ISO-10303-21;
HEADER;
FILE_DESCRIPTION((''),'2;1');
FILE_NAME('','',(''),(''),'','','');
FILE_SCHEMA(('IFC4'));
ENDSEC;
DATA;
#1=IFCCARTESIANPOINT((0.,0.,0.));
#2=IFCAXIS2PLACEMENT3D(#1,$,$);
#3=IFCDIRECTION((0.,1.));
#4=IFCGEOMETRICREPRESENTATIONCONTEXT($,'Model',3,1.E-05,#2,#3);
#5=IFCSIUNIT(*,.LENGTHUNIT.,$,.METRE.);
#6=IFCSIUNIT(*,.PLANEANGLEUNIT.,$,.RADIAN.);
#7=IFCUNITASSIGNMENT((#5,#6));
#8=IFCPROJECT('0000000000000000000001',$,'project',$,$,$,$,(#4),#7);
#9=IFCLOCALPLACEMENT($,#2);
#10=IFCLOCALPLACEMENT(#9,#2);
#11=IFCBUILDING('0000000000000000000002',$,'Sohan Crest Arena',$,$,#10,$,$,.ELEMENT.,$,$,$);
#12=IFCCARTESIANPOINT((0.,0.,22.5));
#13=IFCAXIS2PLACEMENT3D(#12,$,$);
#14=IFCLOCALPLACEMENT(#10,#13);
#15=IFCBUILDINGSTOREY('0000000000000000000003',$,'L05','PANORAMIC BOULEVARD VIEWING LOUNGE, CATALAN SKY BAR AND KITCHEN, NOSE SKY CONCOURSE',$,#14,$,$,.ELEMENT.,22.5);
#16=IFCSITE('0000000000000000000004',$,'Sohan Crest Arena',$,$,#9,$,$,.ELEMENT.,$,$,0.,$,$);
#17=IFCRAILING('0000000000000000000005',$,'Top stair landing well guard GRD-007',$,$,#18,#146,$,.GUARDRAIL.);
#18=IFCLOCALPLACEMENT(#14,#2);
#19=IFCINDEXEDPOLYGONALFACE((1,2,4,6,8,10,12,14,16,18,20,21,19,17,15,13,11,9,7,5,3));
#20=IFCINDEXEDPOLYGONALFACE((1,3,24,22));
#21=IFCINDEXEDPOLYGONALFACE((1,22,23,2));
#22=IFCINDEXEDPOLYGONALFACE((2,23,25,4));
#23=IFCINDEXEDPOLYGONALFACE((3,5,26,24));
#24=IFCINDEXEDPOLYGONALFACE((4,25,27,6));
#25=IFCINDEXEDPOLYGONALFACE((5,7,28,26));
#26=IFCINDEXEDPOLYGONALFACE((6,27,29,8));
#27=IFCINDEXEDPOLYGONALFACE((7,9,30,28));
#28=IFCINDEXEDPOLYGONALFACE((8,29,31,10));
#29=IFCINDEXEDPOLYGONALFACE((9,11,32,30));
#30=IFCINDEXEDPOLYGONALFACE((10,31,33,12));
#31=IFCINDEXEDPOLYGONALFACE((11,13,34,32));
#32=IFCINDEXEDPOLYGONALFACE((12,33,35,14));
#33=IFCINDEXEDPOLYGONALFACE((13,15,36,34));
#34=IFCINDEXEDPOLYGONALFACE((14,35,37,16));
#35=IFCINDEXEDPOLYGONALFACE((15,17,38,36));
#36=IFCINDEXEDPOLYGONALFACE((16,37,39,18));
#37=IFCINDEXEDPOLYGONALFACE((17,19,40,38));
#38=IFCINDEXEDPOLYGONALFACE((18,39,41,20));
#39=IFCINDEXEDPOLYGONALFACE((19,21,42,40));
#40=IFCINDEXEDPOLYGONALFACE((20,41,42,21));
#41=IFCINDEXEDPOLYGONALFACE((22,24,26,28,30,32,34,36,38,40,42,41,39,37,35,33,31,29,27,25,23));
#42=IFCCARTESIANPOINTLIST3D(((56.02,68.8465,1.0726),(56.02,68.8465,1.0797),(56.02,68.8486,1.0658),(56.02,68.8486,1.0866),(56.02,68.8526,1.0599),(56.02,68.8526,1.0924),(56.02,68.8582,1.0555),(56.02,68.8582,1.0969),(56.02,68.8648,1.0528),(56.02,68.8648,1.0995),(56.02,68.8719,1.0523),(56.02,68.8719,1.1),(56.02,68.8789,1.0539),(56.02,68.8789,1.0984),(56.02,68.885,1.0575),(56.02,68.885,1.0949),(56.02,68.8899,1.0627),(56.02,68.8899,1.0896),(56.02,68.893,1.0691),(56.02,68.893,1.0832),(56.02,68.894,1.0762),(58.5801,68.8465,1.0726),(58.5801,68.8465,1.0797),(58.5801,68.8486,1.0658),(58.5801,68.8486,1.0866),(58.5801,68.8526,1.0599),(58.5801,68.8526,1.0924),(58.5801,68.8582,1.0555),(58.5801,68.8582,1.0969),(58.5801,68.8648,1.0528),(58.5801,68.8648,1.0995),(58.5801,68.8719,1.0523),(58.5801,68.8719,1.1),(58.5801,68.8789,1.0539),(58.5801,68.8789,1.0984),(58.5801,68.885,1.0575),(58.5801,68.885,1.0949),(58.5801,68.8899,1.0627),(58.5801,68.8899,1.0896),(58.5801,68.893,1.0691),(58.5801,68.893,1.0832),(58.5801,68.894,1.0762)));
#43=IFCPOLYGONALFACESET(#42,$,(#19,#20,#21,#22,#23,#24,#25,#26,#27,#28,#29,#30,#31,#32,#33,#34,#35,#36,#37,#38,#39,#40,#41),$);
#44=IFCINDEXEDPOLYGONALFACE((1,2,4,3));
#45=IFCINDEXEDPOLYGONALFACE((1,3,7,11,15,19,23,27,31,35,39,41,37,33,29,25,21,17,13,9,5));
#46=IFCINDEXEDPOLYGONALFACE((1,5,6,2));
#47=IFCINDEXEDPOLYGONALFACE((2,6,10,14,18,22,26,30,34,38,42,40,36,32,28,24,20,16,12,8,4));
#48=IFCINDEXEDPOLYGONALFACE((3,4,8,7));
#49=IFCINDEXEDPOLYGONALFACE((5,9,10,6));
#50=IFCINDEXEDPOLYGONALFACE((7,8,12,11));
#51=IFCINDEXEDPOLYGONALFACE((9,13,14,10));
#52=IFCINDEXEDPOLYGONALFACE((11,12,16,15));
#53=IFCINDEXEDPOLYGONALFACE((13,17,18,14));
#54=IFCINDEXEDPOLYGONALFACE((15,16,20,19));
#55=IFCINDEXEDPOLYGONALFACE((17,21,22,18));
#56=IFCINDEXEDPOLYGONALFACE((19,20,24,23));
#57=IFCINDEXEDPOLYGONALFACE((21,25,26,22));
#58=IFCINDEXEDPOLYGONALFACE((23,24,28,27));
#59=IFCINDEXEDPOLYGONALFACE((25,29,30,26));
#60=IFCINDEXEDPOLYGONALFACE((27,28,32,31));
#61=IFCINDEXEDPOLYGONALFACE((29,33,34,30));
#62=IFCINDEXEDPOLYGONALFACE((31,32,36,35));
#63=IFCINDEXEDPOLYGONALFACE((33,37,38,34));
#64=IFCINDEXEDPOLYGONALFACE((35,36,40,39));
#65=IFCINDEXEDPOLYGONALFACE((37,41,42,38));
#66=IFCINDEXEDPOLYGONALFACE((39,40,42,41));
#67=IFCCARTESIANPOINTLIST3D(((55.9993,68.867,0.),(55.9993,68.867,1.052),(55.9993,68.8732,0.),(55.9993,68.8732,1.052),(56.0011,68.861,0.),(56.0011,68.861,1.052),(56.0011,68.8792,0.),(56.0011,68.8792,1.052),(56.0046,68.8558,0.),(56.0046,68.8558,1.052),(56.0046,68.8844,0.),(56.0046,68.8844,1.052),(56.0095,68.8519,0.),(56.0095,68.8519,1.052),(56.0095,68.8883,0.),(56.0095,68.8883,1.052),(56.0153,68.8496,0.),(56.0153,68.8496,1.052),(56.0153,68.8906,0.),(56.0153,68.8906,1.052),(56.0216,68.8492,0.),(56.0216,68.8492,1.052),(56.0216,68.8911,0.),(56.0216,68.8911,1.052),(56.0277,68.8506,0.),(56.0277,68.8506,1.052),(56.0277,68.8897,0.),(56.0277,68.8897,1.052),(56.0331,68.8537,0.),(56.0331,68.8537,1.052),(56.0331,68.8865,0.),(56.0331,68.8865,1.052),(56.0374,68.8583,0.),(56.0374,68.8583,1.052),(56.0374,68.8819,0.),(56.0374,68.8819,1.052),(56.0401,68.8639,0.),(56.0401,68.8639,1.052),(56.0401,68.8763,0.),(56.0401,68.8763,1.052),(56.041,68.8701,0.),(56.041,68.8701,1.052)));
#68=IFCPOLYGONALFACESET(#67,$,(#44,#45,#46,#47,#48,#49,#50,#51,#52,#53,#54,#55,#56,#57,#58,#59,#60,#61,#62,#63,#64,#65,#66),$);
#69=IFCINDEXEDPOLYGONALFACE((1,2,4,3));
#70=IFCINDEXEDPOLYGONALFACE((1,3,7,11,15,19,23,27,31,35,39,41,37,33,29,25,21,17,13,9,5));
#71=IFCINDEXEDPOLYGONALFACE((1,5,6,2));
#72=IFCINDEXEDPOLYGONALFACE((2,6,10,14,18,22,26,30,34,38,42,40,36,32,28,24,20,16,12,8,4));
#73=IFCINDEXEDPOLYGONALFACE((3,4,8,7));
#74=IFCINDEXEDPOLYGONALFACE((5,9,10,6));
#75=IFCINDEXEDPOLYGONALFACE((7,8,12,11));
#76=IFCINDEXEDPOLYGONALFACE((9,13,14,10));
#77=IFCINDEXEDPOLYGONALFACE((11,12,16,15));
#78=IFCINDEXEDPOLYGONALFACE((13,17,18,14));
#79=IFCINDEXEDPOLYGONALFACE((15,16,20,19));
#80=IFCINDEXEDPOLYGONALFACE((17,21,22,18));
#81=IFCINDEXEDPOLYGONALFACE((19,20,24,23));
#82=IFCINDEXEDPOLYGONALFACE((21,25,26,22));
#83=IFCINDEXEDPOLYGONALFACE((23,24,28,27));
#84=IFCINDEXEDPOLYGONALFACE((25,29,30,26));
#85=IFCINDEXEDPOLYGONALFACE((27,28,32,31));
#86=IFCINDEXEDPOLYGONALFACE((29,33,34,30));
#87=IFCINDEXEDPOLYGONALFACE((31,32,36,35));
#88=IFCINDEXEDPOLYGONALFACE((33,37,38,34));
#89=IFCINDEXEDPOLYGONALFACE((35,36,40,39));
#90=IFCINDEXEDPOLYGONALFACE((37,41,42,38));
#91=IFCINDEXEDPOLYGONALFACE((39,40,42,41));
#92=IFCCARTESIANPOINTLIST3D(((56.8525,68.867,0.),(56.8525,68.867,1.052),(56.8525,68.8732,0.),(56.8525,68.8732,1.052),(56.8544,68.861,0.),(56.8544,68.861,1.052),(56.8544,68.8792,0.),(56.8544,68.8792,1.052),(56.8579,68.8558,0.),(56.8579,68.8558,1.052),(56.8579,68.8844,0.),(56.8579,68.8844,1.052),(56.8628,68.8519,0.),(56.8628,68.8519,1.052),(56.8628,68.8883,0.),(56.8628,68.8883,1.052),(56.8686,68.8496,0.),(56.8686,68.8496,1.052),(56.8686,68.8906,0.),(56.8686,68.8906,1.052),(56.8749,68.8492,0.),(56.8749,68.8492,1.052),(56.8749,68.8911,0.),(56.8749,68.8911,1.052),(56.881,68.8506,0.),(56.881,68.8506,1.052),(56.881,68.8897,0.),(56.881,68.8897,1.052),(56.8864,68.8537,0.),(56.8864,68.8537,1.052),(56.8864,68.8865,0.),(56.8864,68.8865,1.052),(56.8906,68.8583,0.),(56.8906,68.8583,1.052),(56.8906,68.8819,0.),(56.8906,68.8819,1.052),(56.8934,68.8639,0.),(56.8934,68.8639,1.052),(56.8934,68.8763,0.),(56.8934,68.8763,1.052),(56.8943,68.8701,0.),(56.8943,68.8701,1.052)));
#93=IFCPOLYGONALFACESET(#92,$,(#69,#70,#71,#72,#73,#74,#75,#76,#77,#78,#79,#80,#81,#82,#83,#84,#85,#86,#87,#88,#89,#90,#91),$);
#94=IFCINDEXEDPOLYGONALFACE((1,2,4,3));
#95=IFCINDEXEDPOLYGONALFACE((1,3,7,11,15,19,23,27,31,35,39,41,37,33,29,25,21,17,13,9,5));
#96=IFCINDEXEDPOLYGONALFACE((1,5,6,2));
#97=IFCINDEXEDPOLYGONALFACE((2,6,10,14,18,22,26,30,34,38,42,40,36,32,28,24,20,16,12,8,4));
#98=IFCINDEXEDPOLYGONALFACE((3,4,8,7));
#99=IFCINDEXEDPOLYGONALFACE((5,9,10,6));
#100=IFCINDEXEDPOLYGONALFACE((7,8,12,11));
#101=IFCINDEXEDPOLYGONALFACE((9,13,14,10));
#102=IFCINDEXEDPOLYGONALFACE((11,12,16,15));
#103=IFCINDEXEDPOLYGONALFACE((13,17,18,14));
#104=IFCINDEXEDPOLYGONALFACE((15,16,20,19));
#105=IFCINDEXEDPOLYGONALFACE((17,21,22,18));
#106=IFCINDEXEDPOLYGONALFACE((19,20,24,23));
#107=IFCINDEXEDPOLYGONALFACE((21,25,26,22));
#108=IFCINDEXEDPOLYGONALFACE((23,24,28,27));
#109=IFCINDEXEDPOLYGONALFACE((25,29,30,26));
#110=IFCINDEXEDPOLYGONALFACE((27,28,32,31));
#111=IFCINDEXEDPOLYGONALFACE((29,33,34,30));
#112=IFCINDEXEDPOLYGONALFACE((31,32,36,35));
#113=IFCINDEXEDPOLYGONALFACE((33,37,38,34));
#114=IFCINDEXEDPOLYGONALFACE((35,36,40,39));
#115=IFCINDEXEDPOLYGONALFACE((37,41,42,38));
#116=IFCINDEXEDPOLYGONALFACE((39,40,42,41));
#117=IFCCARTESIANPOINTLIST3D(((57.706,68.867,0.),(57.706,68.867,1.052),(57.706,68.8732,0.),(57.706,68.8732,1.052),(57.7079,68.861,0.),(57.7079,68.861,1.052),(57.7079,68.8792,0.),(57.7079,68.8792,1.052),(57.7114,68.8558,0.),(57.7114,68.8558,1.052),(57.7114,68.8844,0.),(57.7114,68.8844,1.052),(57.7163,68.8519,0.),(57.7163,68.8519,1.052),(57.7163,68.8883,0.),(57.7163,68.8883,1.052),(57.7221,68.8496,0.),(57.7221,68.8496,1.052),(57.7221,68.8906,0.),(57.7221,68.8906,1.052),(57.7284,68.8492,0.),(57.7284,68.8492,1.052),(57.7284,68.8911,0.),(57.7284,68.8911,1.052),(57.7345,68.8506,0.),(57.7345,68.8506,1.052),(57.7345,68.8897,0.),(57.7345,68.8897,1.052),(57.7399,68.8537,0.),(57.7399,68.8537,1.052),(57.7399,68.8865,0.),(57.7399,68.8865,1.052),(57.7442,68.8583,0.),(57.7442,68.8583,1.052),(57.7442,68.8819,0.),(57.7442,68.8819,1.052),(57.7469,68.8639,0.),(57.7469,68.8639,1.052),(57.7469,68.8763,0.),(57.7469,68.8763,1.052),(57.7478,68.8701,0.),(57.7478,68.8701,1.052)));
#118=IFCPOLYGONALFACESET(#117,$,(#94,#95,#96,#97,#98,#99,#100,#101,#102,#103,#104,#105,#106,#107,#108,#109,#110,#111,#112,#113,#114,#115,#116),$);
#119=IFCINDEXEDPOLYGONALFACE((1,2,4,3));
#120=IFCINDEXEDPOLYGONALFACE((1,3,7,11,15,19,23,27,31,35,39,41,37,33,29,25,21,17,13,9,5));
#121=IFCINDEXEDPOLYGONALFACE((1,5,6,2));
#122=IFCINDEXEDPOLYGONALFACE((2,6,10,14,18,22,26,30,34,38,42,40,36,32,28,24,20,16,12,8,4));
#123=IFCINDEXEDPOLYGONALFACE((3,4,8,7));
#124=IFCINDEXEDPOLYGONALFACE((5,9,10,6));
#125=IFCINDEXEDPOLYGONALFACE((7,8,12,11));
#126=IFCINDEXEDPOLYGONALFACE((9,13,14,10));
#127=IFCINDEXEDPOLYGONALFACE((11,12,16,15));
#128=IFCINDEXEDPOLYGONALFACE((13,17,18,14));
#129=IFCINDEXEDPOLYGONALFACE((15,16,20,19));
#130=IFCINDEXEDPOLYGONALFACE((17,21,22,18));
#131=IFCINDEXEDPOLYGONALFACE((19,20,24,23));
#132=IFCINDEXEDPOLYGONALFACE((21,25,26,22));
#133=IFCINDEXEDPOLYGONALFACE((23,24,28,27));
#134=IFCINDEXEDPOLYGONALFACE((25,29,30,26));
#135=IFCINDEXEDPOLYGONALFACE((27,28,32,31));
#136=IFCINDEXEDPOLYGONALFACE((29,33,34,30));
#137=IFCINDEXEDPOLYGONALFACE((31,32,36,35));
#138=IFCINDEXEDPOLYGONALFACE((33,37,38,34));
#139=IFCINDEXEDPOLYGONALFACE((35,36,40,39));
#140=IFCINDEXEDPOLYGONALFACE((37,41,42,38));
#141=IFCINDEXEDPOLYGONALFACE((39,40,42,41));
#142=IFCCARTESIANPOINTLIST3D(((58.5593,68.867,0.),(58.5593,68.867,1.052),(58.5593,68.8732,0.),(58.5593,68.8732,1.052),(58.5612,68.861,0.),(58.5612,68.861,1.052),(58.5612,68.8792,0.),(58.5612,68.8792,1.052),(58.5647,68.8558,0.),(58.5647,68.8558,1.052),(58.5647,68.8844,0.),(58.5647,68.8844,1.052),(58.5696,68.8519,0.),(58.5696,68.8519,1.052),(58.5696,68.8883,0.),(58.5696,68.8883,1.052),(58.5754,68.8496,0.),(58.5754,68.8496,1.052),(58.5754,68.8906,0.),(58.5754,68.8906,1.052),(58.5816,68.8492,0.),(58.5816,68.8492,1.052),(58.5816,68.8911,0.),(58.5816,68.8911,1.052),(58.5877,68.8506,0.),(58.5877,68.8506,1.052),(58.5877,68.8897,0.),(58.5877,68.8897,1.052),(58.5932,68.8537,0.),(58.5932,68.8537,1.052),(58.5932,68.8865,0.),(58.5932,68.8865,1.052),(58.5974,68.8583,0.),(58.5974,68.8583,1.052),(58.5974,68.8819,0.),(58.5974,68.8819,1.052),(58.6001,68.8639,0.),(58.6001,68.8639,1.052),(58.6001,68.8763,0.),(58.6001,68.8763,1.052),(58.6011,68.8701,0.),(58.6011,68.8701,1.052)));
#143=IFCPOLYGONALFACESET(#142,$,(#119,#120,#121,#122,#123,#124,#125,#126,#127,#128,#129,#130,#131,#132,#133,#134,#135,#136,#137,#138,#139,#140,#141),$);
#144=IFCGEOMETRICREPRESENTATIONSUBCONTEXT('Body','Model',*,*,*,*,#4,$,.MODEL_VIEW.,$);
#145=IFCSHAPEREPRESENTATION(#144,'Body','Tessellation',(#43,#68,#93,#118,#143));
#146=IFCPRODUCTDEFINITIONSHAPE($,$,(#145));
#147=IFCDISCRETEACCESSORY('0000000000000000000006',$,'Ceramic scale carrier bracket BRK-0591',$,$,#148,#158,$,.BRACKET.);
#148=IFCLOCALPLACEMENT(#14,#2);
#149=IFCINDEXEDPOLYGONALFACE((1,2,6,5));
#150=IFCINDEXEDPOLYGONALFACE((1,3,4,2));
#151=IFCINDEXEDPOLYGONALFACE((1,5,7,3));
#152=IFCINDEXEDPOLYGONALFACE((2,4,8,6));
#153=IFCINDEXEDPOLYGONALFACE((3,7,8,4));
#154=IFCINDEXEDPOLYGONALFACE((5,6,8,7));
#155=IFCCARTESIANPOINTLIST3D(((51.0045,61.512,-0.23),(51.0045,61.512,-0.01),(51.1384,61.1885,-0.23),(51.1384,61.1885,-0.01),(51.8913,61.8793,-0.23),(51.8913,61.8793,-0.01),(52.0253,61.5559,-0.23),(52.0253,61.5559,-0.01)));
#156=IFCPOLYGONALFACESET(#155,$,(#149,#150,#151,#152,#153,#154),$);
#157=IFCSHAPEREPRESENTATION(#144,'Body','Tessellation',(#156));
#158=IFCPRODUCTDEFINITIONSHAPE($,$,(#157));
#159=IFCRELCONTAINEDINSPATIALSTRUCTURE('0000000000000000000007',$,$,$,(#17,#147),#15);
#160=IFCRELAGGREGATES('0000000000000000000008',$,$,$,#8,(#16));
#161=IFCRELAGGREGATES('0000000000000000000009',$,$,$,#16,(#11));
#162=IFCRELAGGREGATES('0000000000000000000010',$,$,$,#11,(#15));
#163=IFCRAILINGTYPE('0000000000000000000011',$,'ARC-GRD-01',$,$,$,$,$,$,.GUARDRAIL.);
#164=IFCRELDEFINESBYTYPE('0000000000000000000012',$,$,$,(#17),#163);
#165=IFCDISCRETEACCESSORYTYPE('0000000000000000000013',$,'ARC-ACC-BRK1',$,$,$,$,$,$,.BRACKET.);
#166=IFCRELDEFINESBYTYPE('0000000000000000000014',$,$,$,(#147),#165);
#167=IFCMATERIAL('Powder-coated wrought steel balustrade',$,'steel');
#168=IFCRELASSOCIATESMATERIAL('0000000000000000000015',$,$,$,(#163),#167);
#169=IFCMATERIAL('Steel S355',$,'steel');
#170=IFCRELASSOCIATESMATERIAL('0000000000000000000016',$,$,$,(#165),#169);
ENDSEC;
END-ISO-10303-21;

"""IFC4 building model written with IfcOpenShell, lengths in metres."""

from ifc_helpers import new_model, si_unit, direction, frame, origin, origin_2d, place, context, subcontext, project, spatial, rectangle, circle, extrude, material, type_object, element, save


model = new_model("IFC4")

# Units and contexts
model_context = context("Model", 3, precision=1e-05, world=origin(), true_north=direction((0.0, 1.0)))
body_context = subcontext(model_context, "Body", "Model", "MODEL_VIEW")
ifc_project = project(units=[si_unit("LENGTHUNIT", "METRE"), si_unit("PLANEANGLEUNIT", "RADIAN")], contexts=[model_context])

# Site, building, storey
site_placement = place(None, origin())
site = spatial("IfcSite", under=ifc_project, at=site_placement, Name="Sohan Crest Arena", CompositionType="ELEMENT", RefElevation=0.0)
building_placement = place(site_placement, origin())
building = spatial("IfcBuilding", under=site, at=building_placement, Name="Sohan Crest Arena", CompositionType="ELEMENT")
storey_placement = place(building_placement, frame((0.0, 0.0, 22.5)))
storey = spatial("IfcBuildingStorey", under=building, at=storey_placement, Name="L05", Description="PANORAMIC BOULEVARD VIEWING LOUNGE, CATALAN SKY BAR AND KITCHEN, NOSE SKY CONCOURSE", CompositionType="ELEMENT", Elevation=22.5)

# Shared definitions
ifc_material_1 = material(Name="Steel S355", Category="steel")

# Railing
ifc_material_2 = material(Name="Powder-coated wrought steel balustrade", Category="steel")
railing_type = type_object("IfcRailingType", Name="ARC-GRD-01", PredefinedType="GUARDRAIL", material=ifc_material_2)
railing_placement = place(storey_placement, frame((56.02, 68.8701, 0.0)))
element("IfcRailing", 1, at=railing_placement, inside=storey, type_object=railing_type, Name="Top stair landing well guard GRD-007", PredefinedType="GUARDRAIL", context=body_context, shape_type="SweptSolid", body=[
    extrude(circle(Radius=0.0239, at=origin_2d()), frame((0.0, 0.0, 1.0762), z_axis=(1.0, 0.0, 0.0), x_axis=(0.0, 1.0, 0.0)), (0.0, 0.0, 1.0), 2.5601),
    extrude(circle(Radius=0.021, at=origin_2d()), origin(), (0.0, 0.0, 1.0), 1.052),
    extrude(circle(Radius=0.021, at=origin_2d()), frame((0.8533, 0.0, 0.0)), (0.0, 0.0, 1.0), 1.052),
    extrude(circle(Radius=0.021, at=origin_2d()), frame((1.7068, 0.0, 0.0)), (0.0, 0.0, 1.0), 1.052),
    extrude(circle(Radius=0.021, at=origin_2d()), frame((2.5601, 0.0, 0.0)), (0.0, 0.0, 1.0), 1.052),
])

# Discrete accessory
discrete_accessory_type = type_object("IfcDiscreteAccessoryType", Name="ARC-ACC-BRK1", PredefinedType="BRACKET", material=ifc_material_1)
discrete_accessory_placement = place(storey_placement, frame((51.5149, 61.5339, -0.23), z_axis=(0.0, 0.0, 1.0), x_axis=(0.382683, -0.92388, 0.0)))
element("IfcDiscreteAccessory", 2, at=discrete_accessory_placement, inside=storey, type_object=discrete_accessory_type, Name="Ceramic scale carrier bracket BRK-0591", PredefinedType="BRACKET", context=body_context, shape_type="SweptSolid", body=[
    extrude(rectangle(XDim=0.3501, YDim=0.96, at=origin_2d()), origin(), (0.0, 0.0, 1.0), 0.22),
])

save(model, "model.ifc")
